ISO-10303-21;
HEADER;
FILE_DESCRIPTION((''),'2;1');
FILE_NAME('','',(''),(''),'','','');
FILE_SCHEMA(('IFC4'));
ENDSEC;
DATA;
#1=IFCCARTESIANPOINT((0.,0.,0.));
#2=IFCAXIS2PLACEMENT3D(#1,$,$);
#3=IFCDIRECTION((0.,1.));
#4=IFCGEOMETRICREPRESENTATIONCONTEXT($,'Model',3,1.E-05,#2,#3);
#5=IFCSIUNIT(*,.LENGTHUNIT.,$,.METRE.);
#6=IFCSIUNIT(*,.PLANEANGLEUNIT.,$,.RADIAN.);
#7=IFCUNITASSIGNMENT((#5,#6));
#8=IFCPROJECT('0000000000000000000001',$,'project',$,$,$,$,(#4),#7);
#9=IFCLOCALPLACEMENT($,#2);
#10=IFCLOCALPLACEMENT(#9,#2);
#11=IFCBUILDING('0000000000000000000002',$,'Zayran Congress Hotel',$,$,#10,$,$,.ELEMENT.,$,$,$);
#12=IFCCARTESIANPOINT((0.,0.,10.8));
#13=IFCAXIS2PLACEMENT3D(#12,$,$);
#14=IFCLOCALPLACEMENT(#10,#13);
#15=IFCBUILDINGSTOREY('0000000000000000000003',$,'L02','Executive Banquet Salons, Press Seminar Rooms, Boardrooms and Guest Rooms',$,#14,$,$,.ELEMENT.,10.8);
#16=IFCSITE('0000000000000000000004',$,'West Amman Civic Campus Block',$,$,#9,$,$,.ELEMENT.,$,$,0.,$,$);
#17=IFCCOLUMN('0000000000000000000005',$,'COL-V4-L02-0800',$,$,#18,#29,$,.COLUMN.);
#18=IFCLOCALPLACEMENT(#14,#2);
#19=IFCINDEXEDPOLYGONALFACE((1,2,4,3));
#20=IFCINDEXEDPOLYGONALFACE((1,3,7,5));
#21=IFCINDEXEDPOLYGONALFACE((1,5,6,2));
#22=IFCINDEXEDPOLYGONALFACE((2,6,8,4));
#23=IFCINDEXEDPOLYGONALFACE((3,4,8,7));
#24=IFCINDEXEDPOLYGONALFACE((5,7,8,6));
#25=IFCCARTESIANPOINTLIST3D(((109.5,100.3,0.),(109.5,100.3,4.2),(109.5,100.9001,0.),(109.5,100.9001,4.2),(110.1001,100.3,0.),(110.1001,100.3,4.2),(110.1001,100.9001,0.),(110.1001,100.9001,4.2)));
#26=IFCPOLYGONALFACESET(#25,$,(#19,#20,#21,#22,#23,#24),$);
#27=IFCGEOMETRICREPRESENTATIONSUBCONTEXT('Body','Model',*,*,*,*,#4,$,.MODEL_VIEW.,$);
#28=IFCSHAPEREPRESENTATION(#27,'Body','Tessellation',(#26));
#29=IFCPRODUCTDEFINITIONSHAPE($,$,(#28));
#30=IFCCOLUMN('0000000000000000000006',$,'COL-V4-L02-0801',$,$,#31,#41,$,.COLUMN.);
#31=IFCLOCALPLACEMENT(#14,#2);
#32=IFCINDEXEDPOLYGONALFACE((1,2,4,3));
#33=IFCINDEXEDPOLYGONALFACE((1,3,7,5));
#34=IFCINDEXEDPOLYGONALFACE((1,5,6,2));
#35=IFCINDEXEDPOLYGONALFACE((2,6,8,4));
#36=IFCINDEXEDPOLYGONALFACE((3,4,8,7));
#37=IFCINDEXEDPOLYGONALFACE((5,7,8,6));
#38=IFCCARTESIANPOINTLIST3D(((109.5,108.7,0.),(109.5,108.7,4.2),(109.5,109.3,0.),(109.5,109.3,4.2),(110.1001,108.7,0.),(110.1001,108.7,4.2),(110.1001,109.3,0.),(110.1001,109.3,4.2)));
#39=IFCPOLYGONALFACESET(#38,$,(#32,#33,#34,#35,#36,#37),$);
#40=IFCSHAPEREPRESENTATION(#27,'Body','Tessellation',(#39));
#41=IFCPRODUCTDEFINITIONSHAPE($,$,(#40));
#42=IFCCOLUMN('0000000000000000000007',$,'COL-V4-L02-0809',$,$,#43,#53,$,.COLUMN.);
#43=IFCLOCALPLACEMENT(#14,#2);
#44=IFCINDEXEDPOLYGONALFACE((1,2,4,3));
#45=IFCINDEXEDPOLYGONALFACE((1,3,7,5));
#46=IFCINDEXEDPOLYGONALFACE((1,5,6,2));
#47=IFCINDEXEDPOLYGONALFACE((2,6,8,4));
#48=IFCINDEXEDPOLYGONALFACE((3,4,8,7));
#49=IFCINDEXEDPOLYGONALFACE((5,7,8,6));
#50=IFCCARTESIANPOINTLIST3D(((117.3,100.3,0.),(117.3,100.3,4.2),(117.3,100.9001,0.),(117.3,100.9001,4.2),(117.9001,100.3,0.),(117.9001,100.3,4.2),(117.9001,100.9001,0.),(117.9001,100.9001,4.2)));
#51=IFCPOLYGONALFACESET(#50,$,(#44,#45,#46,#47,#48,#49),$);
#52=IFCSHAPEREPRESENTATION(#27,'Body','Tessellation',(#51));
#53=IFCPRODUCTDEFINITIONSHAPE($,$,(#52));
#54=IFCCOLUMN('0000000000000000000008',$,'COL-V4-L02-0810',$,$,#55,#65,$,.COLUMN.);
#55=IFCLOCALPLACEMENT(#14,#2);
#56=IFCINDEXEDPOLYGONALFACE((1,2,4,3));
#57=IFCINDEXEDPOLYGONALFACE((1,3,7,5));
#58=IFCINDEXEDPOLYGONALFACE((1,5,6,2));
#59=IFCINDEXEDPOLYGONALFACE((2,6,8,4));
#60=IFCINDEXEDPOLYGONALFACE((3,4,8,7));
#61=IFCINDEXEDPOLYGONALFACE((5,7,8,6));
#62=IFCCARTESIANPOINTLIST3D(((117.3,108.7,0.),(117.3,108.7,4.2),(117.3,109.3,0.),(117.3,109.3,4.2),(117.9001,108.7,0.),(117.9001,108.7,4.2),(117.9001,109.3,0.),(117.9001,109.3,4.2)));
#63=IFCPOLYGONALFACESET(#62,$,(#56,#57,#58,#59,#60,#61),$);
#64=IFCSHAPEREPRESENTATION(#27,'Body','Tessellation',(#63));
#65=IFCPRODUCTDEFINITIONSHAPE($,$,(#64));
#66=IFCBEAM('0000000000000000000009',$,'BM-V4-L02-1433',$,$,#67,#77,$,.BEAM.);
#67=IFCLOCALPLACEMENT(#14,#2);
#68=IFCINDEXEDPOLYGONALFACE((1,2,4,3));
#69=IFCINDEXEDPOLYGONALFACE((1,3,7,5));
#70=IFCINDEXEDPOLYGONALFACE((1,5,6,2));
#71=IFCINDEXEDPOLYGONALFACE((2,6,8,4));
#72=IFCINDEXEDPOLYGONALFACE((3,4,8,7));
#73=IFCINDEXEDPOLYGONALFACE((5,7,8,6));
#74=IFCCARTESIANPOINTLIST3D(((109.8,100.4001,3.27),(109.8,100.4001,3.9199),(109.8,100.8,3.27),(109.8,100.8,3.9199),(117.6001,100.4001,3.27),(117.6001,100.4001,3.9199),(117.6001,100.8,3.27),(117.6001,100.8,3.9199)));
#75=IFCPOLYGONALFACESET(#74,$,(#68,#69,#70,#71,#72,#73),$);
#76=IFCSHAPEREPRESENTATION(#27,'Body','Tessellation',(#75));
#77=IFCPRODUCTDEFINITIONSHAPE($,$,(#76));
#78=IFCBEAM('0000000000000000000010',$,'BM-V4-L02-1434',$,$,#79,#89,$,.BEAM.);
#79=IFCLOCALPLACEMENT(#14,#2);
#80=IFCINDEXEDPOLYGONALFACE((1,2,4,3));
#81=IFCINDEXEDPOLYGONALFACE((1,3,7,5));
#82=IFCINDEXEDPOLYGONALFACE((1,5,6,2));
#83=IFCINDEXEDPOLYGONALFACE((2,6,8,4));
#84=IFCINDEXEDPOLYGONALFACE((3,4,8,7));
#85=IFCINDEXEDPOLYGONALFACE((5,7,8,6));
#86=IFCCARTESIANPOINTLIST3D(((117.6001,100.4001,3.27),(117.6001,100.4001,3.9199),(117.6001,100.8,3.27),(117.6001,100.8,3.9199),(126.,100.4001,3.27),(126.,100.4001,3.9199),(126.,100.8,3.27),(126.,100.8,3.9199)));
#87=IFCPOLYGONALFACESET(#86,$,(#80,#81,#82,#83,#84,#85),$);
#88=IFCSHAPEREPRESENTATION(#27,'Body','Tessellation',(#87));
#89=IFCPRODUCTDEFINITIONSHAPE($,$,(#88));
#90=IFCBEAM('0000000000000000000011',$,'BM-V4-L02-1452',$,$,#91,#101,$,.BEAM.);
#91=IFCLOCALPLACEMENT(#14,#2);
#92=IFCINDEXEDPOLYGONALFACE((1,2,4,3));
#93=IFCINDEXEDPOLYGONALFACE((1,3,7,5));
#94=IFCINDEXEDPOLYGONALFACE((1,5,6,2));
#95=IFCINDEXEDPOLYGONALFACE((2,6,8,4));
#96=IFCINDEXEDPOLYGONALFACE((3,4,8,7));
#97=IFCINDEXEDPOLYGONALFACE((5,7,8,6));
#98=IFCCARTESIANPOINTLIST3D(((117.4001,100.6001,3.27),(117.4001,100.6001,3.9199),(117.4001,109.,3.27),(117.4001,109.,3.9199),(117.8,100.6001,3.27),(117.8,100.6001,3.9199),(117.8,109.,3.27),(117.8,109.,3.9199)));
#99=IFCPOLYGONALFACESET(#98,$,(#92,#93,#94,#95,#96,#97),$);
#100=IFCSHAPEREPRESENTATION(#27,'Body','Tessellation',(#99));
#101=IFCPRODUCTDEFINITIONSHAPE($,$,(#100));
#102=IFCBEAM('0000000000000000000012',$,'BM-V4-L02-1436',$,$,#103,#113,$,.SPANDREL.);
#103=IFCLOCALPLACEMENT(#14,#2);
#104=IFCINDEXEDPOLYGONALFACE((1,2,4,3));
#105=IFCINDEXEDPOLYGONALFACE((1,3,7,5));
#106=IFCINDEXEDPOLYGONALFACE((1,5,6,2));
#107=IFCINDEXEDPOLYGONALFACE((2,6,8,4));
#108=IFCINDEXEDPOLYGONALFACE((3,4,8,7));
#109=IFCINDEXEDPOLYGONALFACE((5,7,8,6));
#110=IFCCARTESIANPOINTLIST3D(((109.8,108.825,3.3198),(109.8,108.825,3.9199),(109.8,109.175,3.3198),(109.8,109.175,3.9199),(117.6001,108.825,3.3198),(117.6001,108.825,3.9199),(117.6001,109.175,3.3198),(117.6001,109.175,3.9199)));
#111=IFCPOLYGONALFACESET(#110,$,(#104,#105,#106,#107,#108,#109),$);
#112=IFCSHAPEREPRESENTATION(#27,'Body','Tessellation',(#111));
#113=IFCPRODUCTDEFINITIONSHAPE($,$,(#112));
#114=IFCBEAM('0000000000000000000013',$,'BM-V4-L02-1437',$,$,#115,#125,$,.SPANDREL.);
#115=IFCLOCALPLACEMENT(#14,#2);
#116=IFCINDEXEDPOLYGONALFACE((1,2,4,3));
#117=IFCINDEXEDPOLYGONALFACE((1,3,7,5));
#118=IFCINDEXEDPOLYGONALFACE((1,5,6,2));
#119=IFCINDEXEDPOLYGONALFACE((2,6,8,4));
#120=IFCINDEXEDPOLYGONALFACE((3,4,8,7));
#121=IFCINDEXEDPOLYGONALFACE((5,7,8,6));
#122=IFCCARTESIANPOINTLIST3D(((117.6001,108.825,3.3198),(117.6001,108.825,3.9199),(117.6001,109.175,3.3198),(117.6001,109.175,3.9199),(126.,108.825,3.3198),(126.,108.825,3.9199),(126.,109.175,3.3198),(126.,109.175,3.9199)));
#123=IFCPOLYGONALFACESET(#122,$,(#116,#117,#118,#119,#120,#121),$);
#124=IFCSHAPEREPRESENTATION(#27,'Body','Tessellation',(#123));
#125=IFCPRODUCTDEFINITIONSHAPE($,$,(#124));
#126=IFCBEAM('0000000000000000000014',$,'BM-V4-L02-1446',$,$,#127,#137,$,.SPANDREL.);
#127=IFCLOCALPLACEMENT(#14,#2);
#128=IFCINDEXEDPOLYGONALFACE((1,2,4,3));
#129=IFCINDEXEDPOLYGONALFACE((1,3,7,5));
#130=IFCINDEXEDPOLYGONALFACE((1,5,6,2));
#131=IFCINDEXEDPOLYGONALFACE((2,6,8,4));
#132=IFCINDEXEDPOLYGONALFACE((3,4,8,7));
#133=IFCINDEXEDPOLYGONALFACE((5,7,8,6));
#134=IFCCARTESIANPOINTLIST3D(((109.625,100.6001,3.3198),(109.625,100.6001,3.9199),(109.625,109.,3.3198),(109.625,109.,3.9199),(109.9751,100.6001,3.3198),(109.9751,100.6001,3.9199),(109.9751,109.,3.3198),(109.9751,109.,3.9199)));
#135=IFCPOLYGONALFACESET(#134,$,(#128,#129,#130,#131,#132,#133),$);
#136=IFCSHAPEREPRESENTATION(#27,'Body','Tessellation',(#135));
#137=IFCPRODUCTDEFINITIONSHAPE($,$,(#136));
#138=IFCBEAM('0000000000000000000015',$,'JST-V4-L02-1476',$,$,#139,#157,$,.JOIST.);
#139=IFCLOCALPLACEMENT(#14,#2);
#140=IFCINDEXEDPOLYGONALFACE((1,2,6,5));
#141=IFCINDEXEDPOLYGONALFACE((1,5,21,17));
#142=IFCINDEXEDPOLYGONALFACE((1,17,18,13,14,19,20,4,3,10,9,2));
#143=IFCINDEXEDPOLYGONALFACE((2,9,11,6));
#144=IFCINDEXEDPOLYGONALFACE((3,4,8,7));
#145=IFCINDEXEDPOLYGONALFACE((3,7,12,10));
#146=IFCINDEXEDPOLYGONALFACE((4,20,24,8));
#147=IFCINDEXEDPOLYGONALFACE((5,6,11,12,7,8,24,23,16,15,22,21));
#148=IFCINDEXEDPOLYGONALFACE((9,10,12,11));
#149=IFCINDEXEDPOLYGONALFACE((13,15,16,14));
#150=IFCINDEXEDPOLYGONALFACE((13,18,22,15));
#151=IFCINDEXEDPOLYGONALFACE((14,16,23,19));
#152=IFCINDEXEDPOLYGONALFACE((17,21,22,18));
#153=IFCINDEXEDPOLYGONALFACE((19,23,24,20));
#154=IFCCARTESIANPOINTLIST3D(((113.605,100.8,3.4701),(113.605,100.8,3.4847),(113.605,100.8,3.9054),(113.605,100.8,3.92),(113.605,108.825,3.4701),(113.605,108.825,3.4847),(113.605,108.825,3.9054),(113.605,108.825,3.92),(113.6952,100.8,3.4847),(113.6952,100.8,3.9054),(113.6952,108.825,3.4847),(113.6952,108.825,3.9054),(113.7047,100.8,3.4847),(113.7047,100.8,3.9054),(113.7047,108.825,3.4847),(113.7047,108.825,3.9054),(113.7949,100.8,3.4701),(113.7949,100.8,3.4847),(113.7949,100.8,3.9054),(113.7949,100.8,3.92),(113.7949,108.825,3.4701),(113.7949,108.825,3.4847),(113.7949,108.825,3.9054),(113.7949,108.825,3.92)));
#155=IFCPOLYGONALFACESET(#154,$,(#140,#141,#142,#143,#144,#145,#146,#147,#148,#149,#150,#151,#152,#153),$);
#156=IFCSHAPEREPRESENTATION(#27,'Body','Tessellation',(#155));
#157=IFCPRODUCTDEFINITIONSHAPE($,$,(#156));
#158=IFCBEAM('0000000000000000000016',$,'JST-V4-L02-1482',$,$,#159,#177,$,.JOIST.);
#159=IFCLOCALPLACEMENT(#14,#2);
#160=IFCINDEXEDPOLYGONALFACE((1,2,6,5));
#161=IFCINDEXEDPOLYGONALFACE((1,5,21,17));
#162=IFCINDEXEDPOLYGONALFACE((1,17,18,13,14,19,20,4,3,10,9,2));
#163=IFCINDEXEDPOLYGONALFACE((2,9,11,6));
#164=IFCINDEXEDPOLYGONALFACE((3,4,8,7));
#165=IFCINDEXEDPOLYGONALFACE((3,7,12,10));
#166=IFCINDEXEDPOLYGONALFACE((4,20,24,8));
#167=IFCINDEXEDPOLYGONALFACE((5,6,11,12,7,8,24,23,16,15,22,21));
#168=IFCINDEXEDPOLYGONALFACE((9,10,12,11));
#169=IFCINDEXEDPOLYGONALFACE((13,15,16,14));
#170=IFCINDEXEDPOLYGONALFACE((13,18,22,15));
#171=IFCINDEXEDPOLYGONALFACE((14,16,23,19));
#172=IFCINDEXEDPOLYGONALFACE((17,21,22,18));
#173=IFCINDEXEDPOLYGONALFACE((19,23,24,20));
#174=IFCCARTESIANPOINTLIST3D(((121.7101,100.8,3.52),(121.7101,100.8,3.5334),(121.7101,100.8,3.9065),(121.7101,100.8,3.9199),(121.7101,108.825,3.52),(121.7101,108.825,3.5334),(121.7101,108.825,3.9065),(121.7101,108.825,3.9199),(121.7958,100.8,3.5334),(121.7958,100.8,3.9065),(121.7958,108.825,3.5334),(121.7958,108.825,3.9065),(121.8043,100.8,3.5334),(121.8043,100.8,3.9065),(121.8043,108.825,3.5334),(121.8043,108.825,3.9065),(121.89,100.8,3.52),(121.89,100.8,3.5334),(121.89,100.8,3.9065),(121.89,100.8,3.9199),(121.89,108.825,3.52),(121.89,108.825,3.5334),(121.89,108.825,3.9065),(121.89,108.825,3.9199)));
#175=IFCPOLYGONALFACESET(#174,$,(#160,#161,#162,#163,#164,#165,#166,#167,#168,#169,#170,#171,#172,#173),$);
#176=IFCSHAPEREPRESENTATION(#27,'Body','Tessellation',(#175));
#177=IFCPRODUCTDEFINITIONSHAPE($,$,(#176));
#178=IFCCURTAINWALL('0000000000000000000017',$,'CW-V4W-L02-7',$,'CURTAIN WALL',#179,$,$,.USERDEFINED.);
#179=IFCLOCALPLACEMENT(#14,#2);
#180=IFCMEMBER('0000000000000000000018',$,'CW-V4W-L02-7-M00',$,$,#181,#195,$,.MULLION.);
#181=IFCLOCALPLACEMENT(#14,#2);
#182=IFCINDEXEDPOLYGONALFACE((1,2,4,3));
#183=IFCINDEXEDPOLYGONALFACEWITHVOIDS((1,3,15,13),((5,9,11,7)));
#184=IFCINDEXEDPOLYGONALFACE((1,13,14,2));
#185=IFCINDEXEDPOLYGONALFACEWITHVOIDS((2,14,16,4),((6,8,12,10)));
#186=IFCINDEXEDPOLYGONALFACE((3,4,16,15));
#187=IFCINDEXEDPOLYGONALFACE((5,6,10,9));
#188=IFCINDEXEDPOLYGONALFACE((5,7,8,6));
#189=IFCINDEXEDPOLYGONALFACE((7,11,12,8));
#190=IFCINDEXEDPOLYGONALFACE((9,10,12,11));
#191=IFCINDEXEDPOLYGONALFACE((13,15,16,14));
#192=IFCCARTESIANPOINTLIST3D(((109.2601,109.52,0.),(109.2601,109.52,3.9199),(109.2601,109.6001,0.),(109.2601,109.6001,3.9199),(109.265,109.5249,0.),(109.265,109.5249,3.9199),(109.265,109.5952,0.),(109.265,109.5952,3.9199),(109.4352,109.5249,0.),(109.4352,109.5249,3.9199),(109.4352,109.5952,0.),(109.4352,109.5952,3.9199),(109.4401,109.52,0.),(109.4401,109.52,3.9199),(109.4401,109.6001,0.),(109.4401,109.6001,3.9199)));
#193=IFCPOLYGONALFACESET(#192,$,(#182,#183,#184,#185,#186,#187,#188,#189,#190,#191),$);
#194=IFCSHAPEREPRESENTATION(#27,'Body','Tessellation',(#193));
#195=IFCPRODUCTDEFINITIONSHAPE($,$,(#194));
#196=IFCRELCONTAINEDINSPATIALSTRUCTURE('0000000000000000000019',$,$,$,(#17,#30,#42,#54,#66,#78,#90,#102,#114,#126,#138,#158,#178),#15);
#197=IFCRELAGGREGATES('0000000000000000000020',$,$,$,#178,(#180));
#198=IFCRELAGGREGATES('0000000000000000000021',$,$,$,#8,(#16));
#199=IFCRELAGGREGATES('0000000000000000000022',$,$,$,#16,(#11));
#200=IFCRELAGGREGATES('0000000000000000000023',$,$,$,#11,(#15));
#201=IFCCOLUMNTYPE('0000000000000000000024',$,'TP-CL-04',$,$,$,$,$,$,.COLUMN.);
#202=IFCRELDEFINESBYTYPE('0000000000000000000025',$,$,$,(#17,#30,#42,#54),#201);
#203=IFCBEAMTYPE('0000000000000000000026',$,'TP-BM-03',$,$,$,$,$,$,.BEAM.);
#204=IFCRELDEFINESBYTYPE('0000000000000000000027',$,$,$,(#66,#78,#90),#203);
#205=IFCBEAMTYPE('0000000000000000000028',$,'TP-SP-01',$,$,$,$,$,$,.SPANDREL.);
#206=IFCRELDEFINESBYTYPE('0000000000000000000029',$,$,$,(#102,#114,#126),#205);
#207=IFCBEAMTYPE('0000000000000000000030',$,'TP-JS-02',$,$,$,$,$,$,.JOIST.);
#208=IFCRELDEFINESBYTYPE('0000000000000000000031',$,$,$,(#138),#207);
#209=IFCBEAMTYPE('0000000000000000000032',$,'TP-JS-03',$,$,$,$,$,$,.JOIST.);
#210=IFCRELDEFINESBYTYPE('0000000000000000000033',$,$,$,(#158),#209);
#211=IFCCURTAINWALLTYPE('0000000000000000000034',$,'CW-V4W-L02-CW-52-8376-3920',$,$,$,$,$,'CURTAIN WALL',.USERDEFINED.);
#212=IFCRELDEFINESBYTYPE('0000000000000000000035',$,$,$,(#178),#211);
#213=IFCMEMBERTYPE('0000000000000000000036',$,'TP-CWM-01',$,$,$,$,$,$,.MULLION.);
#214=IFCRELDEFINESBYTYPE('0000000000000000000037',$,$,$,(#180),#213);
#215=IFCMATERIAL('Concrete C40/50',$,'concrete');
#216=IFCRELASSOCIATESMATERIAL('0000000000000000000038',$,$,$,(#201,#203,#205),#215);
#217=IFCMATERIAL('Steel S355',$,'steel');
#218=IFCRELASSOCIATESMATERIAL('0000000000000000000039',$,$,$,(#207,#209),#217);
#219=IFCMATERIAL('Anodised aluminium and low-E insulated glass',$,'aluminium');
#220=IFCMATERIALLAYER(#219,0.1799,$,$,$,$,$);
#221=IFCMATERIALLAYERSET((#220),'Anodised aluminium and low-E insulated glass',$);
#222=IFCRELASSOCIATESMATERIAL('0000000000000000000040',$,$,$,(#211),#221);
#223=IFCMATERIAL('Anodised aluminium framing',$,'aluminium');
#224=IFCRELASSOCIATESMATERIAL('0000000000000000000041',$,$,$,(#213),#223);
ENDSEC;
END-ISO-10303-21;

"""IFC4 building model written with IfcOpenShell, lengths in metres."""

from ifc_helpers import new_model, si_unit, direction, frame, origin, origin_2d, place, context, subcontext, project, spatial, rectangle, hollow_rectangle, i_section, extrude, material, layer, layer_set, material_profile, profile_set, type_object, element, aggregate, save


model = new_model("IFC4")

# Units and contexts
model_context = context("Model", 3, precision=1e-05, world=origin(), true_north=direction((0.0, 1.0)))
body_context = subcontext(model_context, "Body", "Model", "MODEL_VIEW")
ifc_project = project(units=[si_unit("LENGTHUNIT", "METRE"), si_unit("PLANEANGLEUNIT", "RADIAN")], contexts=[model_context])

# Site, building, storey
site_placement = place(None, origin())
site = spatial("IfcSite", under=ifc_project, at=site_placement, Name="West Amman Civic Campus Block", CompositionType="ELEMENT", RefElevation=0.0)
building_placement = place(site_placement, origin())
building = spatial("IfcBuilding", under=site, at=building_placement, Name="Zayran Congress Hotel", CompositionType="ELEMENT")
storey_placement = place(building_placement, frame((0.0, 0.0, 10.8)))
storey = spatial("IfcBuildingStorey", under=building, at=storey_placement, Name="L02", Description="Executive Banquet Salons, Press Seminar Rooms, Boardrooms and Guest Rooms", CompositionType="ELEMENT", Elevation=10.8)

# Columns
ifc_material_1 = material(Name="Concrete C40/50", Category="concrete")
ifc_material_profile_1 = material_profile(ifc_material_1, rectangle(XDim=0.6001, YDim=0.6001, at=origin_2d()), Name="RC 600x600")
ifc_profile_set_1 = profile_set([ifc_material_profile_1], Name="Concrete C40/50")
column_type = type_object("IfcColumnType", Name="TP-CL-04", PredefinedType="COLUMN", material=ifc_profile_set_1)
for number, where, z_axis, x_axis, name in (
    (1, (109.8, 100.6001, 0.0), (0.0, 0.0, 1.0), (1.0, 0.0, 0.0), "COL-V4-L02-0800"),
    (2, (109.8, 109.0, 0.0), (0.0, 0.0, 1.0), (1.0, 0.0, 0.0), "COL-V4-L02-0801"),
    (3, (117.6001, 100.6001, 0.0), (0.0, 0.0, 1.0), (1.0, 0.0, 0.0), "COL-V4-L02-0809"),
    (4, (117.6001, 109.0, 0.0), (0.0, 0.0, 1.0), (1.0, 0.0, 0.0), "COL-V4-L02-0810"),
):
    element("IfcColumn", number, at=place(storey_placement, frame(where, z_axis=z_axis, x_axis=x_axis)), inside=storey, type_object=column_type, Name=name, PredefinedType="COLUMN", context=body_context, shape_type="SweptSolid", body=[
        extrude(rectangle(XDim=0.6001, YDim=0.6001, at=origin_2d()), origin(), (0.0, 0.0, 1.0), 4.2),
    ])

# Beams
ifc_material_profile_2 = material_profile(ifc_material_1, rectangle(XDim=0.3999, YDim=0.6499, at=origin_2d()), Name="RC 400x650")
ifc_profile_set_2 = profile_set([ifc_material_profile_2], Name="Concrete C40/50")
beam_type_1 = type_object("IfcBeamType", Name="TP-BM-03", PredefinedType="BEAM", material=ifc_profile_set_2)
beam_1_placement = place(storey_placement, frame((109.8, 100.6001, 3.595), z_axis=(1.0, 0.0, 0.0), x_axis=(0.0, 1.0, 0.0)))
element("IfcBeam", 5, at=beam_1_placement, inside=storey, type_object=beam_type_1, Name="BM-V4-L02-1433", PredefinedType="BEAM", context=body_context, shape_type="SweptSolid", body=[
    extrude(rectangle(XDim=0.3999, YDim=0.6499, at=origin_2d()), origin(), (0.0, 0.0, 1.0), 7.8),
])
for number, where, z_axis, x_axis, name in (
    (6, (117.6001, 100.6001, 3.595), (1.0, 0.0, 0.0), (0.0, 1.0, 0.0), "BM-V4-L02-1434"),
    (7, (117.6001, 100.6001, 3.595), (0.0, 1.0, 0.0), (-1.0, 0.0, 0.0), "BM-V4-L02-1452"),
):
    element("IfcBeam", number, at=place(storey_placement, frame(where, z_axis=z_axis, x_axis=x_axis)), inside=storey, type_object=beam_type_1, Name=name, PredefinedType="BEAM", context=body_context, shape_type="SweptSolid", body=[
        extrude(rectangle(XDim=0.3999, YDim=0.6499, at=origin_2d()), origin(), (0.0, 0.0, 1.0), 8.3999),
    ])
ifc_material_profile_3 = material_profile(ifc_material_1, rectangle(XDim=0.3501, YDim=0.6001, at=origin_2d()), Name="RC 350x600")
ifc_profile_set_3 = profile_set([ifc_material_profile_3], Name="Concrete C40/50")
beam_type_2 = type_object("IfcBeamType", Name="TP-SP-01", PredefinedType="SPANDREL", material=ifc_profile_set_3)
beam_2_placement = place(storey_placement, frame((109.8, 109.0, 3.6199), z_axis=(1.0, 0.0, 0.0), x_axis=(0.0, 1.0, 0.0)))
element("IfcBeam", 8, at=beam_2_placement, inside=storey, type_object=beam_type_2, Name="BM-V4-L02-1436", PredefinedType="SPANDREL", context=body_context, shape_type="SweptSolid", body=[
    extrude(rectangle(XDim=0.3501, YDim=0.6001, at=origin_2d()), origin(), (0.0, 0.0, 1.0), 7.8),
])
for number, where, z_axis, x_axis, name in (
    (9, (117.6001, 109.0, 3.6199), (1.0, 0.0, 0.0), (0.0, 1.0, 0.0), "BM-V4-L02-1437"),
    (10, (109.8, 100.6001, 3.6199), (0.0, 1.0, 0.0), (-1.0, 0.0, 0.0), "BM-V4-L02-1446"),
):
    element("IfcBeam", number, at=place(storey_placement, frame(where, z_axis=z_axis, x_axis=x_axis)), inside=storey, type_object=beam_type_2, Name=name, PredefinedType="SPANDREL", context=body_context, shape_type="SweptSolid", body=[
        extrude(rectangle(XDim=0.3501, YDim=0.6001, at=origin_2d()), origin(), (0.0, 0.0, 1.0), 8.3999),
    ])
ifc_material_2 = material(Name="Steel S355", Category="steel")
ifc_material_profile_4 = material_profile(ifc_material_2, i_section(OverallWidth=0.1899, OverallDepth=0.45, WebThickness=0.0095, FlangeThickness=0.0146, at=origin_2d()), Name="IPE 450")
ifc_profile_set_4 = profile_set([ifc_material_profile_4], Name="Steel S355")
beam_type_3 = type_object("IfcBeamType", Name="TP-JS-02", PredefinedType="JOIST", material=ifc_profile_set_4)
beam_3_placement = place(storey_placement, frame((113.7, 100.8, 3.6951), z_axis=(0.0, 1.0, 0.0), x_axis=(-1.0, 0.0, 0.0)))
element("IfcBeam", 11, at=beam_3_placement, inside=storey, type_object=beam_type_3, Name="JST-V4-L02-1476", PredefinedType="JOIST", context=body_context, shape_type="SweptSolid", body=[
    extrude(i_section(OverallWidth=0.1899, OverallDepth=0.45, WebThickness=0.0095, FlangeThickness=0.0146, at=origin_2d()), origin(), (0.0, 0.0, 1.0), 8.0249),
])
ifc_material_profile_5 = material_profile(ifc_material_2, i_section(OverallWidth=0.1799, OverallDepth=0.3999, WebThickness=0.0085, FlangeThickness=0.0134, at=origin_2d()), Name="IPE 400")
ifc_profile_set_5 = profile_set([ifc_material_profile_5], Name="Steel S355")
beam_type_4 = type_object("IfcBeamType", Name="TP-JS-03", PredefinedType="JOIST", material=ifc_profile_set_5)
beam_4_placement = place(storey_placement, frame((121.8, 100.8, 3.72), z_axis=(0.0, 1.0, 0.0), x_axis=(-1.0, 0.0, 0.0)))
element("IfcBeam", 12, at=beam_4_placement, inside=storey, type_object=beam_type_4, Name="JST-V4-L02-1482", PredefinedType="JOIST", context=body_context, shape_type="SweptSolid", body=[
    extrude(i_section(OverallWidth=0.1799, OverallDepth=0.3999, WebThickness=0.0085, FlangeThickness=0.0134, at=origin_2d()), origin(), (0.0, 0.0, 1.0), 8.0249),
])

# Curtain wall, member
ifc_material_3 = material(Name="Anodised aluminium and low-E insulated glass", Category="aluminium")
ifc_layer_1 = layer(ifc_material_3, 0.1799)
ifc_layer_set_1 = layer_set([ifc_layer_1], Name="Anodised aluminium and low-E insulated glass")
curtain_wall_type = type_object("IfcCurtainWallType", Name="CW-V4W-L02-CW-52-8376-3920", ElementType="CURTAIN WALL", PredefinedType="USERDEFINED", material=ifc_layer_set_1)
curtain_wall_placement = place(storey_placement, origin())
curtain_wall = element("IfcCurtainWall", 13, at=curtain_wall_placement, inside=storey, type_object=curtain_wall_type, Name="CW-V4W-L02-7", ObjectType="CURTAIN WALL", PredefinedType="USERDEFINED")
ifc_material_4 = material(Name="Anodised aluminium framing", Category="aluminium")
ifc_material_profile_6 = material_profile(ifc_material_4, hollow_rectangle(XDim=0.0801, YDim=0.1799, WallThickness=0.0049, at=origin_2d()), Name="RHS 180x80x5")
ifc_profile_set_6 = profile_set([ifc_material_profile_6], Name="Anodised aluminium framing")
member_type_1 = type_object("IfcMemberType", Name="TP-CWM-01", PredefinedType="MULLION", material=ifc_profile_set_6)
member_1_placement = place(storey_placement, frame((109.3501, 109.5601, 0.0), z_axis=(0.0, 0.0, 1.0), x_axis=(0.0, 1.0, 0.0)))
member_1 = element("IfcMember", 14, at=member_1_placement, type_object=member_type_1, Name="CW-V4W-L02-7-M00", PredefinedType="MULLION", context=body_context, shape_type="SweptSolid", body=[
    extrude(hollow_rectangle(XDim=0.0801, YDim=0.1799, WallThickness=0.0049, at=origin_2d()), origin(), (0.0, 0.0, 1.0), 3.9199),
])
aggregate(curtain_wall, [member_1])

save(model, "model.ifc")
